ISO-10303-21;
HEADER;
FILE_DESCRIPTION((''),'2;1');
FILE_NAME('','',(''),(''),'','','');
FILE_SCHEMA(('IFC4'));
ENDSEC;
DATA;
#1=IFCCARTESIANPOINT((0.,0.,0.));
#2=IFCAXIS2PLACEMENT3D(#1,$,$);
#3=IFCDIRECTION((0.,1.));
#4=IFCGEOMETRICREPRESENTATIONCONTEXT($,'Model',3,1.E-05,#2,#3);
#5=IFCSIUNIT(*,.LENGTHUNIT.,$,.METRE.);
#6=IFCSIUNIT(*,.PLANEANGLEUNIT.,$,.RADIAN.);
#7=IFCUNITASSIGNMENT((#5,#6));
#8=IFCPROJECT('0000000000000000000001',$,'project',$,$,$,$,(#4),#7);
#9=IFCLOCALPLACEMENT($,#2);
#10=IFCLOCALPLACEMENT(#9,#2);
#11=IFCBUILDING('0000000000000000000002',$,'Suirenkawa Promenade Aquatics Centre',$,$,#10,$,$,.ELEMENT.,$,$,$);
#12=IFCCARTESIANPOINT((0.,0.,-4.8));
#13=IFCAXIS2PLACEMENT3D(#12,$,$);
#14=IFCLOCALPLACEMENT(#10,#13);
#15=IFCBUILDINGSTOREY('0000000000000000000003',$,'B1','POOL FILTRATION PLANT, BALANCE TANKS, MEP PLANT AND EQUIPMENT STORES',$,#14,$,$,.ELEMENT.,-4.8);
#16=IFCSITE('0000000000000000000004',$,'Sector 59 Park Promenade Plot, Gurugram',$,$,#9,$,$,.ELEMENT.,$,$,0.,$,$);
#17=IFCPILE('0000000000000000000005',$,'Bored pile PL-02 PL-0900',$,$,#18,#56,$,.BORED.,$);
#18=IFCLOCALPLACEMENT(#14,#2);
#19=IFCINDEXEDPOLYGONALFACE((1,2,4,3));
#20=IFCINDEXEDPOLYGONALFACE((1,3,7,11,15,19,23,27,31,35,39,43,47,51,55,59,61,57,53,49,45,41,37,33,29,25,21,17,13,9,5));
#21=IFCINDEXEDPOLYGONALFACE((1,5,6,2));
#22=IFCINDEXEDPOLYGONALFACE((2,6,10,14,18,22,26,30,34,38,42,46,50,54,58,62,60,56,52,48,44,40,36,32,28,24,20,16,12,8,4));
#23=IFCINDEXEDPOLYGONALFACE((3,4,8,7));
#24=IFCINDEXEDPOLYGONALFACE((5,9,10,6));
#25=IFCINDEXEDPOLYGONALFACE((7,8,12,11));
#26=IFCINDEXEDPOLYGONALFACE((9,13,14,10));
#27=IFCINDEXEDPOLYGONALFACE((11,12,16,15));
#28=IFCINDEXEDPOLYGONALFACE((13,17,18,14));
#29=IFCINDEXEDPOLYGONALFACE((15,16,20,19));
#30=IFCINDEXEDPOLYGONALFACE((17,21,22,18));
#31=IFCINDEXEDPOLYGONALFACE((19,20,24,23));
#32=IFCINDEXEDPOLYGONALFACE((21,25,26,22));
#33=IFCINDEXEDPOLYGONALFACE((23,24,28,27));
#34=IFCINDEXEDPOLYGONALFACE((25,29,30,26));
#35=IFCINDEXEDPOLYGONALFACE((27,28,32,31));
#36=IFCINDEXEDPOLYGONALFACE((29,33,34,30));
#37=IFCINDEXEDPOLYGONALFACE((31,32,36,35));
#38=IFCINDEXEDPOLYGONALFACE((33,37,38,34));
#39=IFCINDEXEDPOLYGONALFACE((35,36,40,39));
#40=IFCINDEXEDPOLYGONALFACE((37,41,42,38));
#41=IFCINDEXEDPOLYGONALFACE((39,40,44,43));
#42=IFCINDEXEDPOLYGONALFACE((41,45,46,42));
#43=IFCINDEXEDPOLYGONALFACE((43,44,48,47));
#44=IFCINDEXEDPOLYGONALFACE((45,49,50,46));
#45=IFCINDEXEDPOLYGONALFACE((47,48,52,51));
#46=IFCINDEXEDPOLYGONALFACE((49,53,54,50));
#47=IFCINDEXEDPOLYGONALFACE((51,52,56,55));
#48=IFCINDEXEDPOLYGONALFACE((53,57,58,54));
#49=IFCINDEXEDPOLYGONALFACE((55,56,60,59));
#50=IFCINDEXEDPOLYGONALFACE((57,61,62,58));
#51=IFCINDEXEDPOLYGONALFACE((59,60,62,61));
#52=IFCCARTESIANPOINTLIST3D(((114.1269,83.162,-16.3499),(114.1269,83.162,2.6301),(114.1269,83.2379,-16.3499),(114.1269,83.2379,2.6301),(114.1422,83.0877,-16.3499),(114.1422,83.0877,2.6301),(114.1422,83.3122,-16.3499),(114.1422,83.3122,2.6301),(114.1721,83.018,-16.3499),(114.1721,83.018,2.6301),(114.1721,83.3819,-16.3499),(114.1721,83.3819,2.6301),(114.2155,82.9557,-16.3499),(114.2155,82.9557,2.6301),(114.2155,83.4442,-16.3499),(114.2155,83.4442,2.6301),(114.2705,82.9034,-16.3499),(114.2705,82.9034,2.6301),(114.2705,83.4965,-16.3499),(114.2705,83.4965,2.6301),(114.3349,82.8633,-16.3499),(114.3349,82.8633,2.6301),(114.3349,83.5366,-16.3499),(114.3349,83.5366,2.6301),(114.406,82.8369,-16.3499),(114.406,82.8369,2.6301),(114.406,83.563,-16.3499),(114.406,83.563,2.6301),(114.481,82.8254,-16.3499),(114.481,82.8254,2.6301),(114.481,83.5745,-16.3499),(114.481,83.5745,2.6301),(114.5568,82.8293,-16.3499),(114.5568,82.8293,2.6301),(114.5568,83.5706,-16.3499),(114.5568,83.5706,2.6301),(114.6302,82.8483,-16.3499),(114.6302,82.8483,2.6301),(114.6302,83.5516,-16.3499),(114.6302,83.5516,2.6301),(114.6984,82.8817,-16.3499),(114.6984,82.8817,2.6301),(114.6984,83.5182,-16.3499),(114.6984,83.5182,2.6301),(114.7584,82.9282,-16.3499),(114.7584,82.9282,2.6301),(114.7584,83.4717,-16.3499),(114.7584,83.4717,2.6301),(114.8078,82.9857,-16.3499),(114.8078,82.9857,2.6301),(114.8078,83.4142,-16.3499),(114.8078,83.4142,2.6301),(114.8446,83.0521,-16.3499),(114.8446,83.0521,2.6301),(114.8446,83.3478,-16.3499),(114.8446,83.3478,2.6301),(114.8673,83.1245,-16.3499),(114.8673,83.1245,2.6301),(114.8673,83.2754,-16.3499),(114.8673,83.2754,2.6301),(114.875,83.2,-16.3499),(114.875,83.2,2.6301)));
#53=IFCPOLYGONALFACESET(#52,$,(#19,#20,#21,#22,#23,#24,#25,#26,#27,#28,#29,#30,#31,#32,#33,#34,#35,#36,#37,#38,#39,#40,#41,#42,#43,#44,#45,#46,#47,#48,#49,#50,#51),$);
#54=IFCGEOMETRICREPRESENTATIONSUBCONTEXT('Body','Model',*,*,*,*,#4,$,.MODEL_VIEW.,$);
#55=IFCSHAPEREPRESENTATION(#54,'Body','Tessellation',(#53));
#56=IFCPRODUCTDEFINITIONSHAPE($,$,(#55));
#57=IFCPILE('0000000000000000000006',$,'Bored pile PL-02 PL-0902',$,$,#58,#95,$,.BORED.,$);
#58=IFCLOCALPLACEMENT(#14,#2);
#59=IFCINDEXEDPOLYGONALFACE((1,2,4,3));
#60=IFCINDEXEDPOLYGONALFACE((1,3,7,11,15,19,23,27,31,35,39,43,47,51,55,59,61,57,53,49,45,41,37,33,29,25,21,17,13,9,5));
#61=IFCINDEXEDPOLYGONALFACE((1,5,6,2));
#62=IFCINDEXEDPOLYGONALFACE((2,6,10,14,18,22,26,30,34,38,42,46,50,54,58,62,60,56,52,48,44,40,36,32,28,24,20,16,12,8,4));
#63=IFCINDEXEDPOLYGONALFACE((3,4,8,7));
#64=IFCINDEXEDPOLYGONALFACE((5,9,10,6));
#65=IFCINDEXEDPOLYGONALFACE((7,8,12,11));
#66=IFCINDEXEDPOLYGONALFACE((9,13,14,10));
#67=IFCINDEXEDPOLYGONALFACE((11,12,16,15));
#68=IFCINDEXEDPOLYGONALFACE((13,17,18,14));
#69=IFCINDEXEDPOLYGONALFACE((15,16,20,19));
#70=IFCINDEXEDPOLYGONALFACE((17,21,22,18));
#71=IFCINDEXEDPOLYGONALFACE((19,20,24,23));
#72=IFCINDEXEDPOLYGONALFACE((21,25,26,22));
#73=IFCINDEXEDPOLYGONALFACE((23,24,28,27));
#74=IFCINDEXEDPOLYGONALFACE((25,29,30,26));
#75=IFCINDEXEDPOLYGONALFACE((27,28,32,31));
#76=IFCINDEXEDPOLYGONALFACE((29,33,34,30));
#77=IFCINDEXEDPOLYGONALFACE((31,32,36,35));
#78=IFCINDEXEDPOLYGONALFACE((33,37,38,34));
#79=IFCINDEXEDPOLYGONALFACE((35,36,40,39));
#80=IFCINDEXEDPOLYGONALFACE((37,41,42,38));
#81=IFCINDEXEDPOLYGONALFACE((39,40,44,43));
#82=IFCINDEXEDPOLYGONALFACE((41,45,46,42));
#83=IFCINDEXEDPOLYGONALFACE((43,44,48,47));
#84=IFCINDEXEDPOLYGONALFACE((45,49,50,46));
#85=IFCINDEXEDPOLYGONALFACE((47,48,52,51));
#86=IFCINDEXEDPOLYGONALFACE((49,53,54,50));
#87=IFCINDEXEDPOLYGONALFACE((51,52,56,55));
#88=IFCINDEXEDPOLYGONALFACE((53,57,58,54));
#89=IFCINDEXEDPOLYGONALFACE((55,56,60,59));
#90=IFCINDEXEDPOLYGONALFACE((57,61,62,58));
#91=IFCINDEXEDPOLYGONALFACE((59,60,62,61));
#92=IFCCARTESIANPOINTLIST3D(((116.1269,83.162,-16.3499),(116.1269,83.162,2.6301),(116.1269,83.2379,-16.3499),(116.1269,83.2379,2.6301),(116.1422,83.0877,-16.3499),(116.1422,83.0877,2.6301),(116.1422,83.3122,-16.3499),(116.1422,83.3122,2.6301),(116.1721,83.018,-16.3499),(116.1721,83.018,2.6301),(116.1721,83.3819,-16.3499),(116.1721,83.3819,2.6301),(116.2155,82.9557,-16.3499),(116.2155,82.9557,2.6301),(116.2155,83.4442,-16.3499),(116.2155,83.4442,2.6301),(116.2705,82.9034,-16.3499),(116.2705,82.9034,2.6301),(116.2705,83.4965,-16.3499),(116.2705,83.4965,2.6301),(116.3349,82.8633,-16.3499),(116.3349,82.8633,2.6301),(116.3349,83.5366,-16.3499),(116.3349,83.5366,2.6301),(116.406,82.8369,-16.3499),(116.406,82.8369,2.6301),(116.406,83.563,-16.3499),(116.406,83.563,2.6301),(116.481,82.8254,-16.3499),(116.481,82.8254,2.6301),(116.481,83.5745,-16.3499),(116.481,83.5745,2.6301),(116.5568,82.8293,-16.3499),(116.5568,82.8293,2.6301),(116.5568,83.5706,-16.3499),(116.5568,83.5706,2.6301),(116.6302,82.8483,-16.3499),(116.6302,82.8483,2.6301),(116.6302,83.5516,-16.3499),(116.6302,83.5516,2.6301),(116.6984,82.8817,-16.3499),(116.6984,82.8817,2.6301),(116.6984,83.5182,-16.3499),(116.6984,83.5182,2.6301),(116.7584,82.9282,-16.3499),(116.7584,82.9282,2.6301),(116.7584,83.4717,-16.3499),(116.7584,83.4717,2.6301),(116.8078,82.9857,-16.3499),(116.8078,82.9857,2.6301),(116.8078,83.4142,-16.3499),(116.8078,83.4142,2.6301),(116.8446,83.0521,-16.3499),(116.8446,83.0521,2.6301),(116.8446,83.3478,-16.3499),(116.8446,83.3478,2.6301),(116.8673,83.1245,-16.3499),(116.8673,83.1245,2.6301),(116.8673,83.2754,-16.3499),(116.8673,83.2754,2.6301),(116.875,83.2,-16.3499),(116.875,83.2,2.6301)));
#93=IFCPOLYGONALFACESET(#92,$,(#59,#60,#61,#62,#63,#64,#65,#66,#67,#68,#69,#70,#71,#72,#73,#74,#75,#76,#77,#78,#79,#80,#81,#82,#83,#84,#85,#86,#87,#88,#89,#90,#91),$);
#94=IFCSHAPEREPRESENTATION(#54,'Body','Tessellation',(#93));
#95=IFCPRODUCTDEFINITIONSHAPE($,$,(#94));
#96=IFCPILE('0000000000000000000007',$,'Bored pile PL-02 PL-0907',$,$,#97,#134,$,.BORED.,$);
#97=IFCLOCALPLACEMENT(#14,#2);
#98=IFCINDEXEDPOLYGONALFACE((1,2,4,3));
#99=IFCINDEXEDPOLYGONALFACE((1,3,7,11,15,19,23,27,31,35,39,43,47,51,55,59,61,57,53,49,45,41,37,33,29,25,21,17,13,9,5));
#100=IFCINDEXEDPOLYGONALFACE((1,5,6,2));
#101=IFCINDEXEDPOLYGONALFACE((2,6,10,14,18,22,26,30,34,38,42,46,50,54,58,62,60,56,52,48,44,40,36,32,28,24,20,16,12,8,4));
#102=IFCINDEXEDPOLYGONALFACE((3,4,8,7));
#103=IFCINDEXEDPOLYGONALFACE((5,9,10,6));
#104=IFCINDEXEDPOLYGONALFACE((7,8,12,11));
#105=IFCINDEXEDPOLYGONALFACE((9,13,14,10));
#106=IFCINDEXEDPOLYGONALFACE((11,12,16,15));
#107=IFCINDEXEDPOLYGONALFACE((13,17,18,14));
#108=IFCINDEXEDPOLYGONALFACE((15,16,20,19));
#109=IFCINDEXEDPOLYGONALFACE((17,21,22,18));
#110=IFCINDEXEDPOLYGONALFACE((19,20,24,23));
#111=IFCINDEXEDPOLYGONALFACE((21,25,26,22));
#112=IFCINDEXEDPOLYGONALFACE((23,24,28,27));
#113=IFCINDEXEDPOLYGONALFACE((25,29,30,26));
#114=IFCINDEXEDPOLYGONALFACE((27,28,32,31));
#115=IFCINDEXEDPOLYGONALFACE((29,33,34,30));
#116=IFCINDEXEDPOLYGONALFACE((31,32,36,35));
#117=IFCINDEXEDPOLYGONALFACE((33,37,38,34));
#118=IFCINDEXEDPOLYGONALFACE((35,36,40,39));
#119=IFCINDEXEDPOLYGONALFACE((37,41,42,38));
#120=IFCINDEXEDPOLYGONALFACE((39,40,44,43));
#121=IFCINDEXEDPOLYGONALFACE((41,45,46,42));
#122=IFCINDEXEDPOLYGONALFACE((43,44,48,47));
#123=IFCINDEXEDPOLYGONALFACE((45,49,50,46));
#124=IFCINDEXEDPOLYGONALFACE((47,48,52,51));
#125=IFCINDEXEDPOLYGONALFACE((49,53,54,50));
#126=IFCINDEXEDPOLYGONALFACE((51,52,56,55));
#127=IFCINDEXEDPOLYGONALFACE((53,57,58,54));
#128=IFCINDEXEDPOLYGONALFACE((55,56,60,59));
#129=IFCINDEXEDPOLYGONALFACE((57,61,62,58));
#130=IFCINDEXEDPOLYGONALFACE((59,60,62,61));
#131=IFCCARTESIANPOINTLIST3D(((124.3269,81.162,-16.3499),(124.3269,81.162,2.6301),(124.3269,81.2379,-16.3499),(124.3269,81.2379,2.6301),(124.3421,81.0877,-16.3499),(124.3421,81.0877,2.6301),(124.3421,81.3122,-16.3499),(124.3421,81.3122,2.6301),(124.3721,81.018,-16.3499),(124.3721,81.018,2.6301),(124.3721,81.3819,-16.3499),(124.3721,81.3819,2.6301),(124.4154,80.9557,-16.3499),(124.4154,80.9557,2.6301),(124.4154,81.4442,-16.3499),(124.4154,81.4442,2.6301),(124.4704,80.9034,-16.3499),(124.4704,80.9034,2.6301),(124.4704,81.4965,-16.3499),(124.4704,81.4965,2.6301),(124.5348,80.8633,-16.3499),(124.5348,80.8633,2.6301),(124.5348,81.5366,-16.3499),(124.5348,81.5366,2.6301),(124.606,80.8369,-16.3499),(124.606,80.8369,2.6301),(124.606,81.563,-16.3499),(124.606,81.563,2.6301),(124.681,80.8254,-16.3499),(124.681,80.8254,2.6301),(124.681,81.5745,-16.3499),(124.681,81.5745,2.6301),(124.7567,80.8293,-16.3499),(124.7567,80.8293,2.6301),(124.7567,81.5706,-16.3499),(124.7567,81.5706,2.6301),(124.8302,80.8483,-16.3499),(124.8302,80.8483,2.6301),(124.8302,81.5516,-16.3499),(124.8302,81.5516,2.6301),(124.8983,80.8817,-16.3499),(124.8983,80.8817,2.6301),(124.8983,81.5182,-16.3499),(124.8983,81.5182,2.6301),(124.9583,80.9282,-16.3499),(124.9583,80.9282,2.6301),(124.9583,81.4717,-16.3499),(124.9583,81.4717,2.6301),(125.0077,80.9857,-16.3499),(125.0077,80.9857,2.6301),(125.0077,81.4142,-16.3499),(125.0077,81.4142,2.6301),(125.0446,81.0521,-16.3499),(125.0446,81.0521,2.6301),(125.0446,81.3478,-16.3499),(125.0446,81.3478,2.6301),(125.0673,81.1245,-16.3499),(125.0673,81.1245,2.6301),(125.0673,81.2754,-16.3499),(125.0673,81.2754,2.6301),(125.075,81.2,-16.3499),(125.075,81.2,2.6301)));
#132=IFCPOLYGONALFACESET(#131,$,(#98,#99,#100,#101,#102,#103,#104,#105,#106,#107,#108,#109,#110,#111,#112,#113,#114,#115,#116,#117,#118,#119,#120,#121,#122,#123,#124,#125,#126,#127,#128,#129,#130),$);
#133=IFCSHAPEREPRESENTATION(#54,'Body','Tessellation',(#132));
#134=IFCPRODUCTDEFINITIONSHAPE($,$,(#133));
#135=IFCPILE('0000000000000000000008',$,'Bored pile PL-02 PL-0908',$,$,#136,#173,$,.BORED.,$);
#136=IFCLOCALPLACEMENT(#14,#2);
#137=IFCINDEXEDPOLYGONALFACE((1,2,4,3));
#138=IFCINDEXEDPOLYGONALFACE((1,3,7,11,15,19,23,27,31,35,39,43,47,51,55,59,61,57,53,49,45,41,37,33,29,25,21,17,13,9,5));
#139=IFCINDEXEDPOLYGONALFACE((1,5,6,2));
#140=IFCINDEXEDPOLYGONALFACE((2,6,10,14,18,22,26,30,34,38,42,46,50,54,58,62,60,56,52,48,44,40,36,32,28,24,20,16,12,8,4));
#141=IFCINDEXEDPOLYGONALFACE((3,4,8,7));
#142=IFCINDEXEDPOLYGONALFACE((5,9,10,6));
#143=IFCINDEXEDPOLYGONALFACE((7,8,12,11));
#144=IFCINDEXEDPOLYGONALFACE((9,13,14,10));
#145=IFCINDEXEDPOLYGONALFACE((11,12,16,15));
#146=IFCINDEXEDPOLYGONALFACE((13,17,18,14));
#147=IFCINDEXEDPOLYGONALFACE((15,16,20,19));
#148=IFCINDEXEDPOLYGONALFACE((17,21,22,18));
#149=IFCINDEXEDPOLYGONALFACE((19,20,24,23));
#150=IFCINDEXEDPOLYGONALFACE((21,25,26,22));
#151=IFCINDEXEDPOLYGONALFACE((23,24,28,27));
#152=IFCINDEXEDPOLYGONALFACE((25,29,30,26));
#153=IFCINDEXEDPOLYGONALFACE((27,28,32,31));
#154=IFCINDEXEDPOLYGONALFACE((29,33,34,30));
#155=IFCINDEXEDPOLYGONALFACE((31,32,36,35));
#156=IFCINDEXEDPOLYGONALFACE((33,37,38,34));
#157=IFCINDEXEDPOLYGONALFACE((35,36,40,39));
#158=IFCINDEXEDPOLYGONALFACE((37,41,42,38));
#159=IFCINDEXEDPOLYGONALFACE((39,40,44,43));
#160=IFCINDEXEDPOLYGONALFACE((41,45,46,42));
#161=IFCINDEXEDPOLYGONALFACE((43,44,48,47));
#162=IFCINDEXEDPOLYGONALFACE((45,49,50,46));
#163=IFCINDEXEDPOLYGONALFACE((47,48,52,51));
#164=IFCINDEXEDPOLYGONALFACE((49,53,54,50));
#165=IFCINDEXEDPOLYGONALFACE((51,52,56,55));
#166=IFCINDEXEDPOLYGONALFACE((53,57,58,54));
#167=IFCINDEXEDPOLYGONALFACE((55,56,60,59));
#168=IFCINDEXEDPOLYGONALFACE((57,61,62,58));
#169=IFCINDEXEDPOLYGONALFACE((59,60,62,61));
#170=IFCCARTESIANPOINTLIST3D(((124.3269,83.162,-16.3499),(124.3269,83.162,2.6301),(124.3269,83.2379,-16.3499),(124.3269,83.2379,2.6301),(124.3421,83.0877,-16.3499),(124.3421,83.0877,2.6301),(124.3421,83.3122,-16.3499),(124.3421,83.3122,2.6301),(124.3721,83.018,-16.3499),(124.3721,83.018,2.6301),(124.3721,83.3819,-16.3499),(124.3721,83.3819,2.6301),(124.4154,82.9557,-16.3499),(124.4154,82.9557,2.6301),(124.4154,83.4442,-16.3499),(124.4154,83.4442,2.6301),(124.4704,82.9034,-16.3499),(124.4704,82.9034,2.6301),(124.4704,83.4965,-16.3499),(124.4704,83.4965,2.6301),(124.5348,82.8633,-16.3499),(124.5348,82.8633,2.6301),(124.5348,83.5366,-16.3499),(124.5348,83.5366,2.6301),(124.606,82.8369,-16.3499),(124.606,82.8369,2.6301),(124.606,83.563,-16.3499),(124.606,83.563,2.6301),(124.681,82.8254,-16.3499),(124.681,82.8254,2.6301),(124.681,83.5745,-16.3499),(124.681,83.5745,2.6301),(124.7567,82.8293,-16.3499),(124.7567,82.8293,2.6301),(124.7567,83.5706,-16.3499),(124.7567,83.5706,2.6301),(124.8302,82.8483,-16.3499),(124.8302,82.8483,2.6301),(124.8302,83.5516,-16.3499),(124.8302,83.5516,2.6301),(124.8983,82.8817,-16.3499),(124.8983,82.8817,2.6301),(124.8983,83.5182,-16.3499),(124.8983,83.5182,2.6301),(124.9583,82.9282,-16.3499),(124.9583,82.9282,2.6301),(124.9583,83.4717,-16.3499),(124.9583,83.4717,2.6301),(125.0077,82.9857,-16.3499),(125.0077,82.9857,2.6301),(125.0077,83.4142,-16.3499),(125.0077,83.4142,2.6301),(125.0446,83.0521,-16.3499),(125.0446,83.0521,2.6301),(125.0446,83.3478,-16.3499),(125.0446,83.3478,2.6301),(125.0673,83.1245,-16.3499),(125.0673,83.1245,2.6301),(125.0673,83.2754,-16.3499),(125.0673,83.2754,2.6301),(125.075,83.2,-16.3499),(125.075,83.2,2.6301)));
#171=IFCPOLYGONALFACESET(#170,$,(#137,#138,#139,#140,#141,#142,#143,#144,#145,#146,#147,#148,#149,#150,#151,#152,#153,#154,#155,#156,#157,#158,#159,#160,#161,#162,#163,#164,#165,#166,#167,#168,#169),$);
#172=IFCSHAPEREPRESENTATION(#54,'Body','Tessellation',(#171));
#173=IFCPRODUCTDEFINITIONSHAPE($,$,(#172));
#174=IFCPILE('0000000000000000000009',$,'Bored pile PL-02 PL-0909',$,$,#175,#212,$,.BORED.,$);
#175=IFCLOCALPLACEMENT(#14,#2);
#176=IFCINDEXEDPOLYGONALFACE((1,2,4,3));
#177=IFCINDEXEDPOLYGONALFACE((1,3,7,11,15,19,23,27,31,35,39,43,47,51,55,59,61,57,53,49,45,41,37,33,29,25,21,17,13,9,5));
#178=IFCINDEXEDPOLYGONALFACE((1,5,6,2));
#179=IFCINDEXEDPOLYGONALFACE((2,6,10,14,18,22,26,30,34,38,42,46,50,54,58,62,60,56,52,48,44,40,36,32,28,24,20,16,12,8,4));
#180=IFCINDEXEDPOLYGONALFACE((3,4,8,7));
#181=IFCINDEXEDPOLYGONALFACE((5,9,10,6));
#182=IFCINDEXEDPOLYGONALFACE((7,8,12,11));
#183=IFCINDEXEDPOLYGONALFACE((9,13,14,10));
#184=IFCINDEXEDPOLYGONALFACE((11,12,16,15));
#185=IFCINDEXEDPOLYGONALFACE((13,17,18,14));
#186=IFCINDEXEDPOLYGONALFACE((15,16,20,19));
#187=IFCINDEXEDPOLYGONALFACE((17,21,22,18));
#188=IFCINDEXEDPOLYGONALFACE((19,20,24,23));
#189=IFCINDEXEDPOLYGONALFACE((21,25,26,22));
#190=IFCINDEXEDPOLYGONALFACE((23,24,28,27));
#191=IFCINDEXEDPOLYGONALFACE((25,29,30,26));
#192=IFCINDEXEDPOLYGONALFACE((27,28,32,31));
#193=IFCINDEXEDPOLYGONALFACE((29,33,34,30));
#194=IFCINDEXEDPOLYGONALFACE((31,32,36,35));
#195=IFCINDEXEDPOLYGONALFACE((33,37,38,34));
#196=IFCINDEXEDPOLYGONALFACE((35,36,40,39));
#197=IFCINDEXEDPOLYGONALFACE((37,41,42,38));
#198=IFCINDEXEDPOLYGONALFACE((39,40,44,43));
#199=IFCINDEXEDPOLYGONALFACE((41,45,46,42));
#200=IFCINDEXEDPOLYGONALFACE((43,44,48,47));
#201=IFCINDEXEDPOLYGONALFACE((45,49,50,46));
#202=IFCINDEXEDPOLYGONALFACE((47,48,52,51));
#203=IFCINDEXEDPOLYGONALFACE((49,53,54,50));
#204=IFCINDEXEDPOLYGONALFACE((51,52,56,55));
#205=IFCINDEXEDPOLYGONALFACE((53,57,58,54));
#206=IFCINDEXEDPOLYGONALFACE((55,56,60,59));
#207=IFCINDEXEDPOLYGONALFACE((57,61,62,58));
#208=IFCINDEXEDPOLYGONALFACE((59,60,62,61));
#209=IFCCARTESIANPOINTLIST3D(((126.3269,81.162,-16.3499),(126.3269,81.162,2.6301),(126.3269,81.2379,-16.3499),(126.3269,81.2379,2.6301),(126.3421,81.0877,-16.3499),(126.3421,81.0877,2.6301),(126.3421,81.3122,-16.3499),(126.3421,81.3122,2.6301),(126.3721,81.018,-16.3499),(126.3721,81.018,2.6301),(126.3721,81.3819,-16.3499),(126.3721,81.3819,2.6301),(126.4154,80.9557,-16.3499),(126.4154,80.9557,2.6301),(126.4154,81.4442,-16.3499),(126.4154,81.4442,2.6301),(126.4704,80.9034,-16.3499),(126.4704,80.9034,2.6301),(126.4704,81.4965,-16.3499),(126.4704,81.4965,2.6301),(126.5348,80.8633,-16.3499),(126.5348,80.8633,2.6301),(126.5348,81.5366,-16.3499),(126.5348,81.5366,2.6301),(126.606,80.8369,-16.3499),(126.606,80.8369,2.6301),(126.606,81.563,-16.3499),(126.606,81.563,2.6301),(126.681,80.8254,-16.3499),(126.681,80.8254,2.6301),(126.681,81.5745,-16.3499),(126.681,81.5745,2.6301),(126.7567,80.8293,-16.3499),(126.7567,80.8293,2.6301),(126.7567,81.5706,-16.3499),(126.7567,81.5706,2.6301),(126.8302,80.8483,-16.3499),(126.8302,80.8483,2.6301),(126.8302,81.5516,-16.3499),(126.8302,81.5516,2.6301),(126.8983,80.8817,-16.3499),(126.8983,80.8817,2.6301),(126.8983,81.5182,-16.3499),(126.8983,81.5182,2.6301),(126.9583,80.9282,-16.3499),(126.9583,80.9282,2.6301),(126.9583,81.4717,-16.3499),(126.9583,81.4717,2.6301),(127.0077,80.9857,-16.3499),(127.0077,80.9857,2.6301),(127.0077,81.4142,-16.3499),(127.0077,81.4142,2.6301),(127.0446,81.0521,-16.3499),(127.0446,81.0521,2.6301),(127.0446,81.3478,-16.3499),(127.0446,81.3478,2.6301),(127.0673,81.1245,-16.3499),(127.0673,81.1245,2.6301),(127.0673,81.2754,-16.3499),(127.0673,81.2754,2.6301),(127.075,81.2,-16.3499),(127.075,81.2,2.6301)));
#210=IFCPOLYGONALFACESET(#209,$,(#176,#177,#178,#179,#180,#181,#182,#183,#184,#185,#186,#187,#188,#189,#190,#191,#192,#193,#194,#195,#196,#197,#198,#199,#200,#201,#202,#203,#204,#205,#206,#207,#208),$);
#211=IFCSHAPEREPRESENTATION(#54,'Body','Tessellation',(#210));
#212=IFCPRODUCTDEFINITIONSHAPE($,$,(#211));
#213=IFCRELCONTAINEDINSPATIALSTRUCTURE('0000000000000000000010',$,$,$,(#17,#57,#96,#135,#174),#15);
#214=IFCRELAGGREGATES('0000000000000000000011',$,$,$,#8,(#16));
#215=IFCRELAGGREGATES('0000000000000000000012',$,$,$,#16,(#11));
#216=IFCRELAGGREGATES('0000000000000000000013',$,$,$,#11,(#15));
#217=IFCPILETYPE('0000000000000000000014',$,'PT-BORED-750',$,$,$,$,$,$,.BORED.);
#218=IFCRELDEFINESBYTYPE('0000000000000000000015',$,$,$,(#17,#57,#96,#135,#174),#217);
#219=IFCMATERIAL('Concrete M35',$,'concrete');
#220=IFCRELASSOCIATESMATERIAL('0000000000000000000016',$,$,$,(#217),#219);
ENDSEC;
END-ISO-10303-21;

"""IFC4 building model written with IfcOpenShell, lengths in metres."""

from ifc_helpers import new_model, si_unit, direction, frame, origin, origin_2d, place, context, subcontext, project, spatial, circle, extrude, material, material_profile, profile_set, type_object, element, save


model = new_model("IFC4")

# Units and contexts
model_context = context("Model", 3, precision=1e-05, world=origin(), true_north=direction((0.0, 1.0)))
body_context = subcontext(model_context, "Body", "Model", "MODEL_VIEW")
ifc_project = project(units=[si_unit("LENGTHUNIT", "METRE"), si_unit("PLANEANGLEUNIT", "RADIAN")], contexts=[model_context])

# Site, building, storey
site_placement = place(None, origin())
site = spatial("IfcSite", under=ifc_project, at=site_placement, Name="Sector 59 Park Promenade Plot, Gurugram", CompositionType="ELEMENT", RefElevation=0.0)
building_placement = place(site_placement, origin())
building = spatial("IfcBuilding", under=site, at=building_placement, Name="Suirenkawa Promenade Aquatics Centre", CompositionType="ELEMENT")
storey_placement = place(building_placement, frame((0.0, 0.0, -4.8)))
storey = spatial("IfcBuildingStorey", under=building, at=storey_placement, Name="B1", Description="POOL FILTRATION PLANT, BALANCE TANKS, MEP PLANT AND EQUIPMENT STORES", CompositionType="ELEMENT", Elevation=-4.8)

# Shared definitions
ifc_material_1 = material(Name="Concrete M35", Category="concrete")

# Piles
ifc_material_profile_1 = material_profile(ifc_material_1, circle(Radius=0.375, at=origin_2d()), Name="PILE D750", Category="concrete")
ifc_profile_set_1 = profile_set([ifc_material_profile_1], Name="Concrete M35")
pile_type_1 = type_object("IfcPileType", Name="PT-BORED-750", PredefinedType="BORED", material=ifc_profile_set_1)
for number, where, z_axis, x_axis, name in (
    (1, (114.5, 83.2, 2.6301), (0.0, 0.0, -1.0), (1.0, 0.0, 0.0), "Bored pile PL-02 PL-0900"),
    (2, (116.5, 83.2, 2.6301), (0.0, 0.0, -1.0), (1.0, 0.0, 0.0), "Bored pile PL-02 PL-0902"),
    (3, (124.7, 81.2, 2.6301), (0.0, 0.0, -1.0), (1.0, 0.0, 0.0), "Bored pile PL-02 PL-0907"),
    (4, (124.7, 83.2, 2.6301), (0.0, 0.0, -1.0), (1.0, 0.0, 0.0), "Bored pile PL-02 PL-0908"),
    (5, (126.7, 81.2, 2.6301), (0.0, 0.0, -1.0), (1.0, 0.0, 0.0), "Bored pile PL-02 PL-0909"),
):
    element("IfcPile", number, at=place(storey_placement, frame(where, z_axis=z_axis, x_axis=x_axis)), inside=storey, type_object=pile_type_1, Name=name, PredefinedType="BORED", context=body_context, shape_type="SweptSolid", body=[
        extrude(circle(Radius=0.375, at=origin_2d()), origin(), (0.0, 0.0, 1.0), 18.98),
    ])

save(model, "model.ifc")
